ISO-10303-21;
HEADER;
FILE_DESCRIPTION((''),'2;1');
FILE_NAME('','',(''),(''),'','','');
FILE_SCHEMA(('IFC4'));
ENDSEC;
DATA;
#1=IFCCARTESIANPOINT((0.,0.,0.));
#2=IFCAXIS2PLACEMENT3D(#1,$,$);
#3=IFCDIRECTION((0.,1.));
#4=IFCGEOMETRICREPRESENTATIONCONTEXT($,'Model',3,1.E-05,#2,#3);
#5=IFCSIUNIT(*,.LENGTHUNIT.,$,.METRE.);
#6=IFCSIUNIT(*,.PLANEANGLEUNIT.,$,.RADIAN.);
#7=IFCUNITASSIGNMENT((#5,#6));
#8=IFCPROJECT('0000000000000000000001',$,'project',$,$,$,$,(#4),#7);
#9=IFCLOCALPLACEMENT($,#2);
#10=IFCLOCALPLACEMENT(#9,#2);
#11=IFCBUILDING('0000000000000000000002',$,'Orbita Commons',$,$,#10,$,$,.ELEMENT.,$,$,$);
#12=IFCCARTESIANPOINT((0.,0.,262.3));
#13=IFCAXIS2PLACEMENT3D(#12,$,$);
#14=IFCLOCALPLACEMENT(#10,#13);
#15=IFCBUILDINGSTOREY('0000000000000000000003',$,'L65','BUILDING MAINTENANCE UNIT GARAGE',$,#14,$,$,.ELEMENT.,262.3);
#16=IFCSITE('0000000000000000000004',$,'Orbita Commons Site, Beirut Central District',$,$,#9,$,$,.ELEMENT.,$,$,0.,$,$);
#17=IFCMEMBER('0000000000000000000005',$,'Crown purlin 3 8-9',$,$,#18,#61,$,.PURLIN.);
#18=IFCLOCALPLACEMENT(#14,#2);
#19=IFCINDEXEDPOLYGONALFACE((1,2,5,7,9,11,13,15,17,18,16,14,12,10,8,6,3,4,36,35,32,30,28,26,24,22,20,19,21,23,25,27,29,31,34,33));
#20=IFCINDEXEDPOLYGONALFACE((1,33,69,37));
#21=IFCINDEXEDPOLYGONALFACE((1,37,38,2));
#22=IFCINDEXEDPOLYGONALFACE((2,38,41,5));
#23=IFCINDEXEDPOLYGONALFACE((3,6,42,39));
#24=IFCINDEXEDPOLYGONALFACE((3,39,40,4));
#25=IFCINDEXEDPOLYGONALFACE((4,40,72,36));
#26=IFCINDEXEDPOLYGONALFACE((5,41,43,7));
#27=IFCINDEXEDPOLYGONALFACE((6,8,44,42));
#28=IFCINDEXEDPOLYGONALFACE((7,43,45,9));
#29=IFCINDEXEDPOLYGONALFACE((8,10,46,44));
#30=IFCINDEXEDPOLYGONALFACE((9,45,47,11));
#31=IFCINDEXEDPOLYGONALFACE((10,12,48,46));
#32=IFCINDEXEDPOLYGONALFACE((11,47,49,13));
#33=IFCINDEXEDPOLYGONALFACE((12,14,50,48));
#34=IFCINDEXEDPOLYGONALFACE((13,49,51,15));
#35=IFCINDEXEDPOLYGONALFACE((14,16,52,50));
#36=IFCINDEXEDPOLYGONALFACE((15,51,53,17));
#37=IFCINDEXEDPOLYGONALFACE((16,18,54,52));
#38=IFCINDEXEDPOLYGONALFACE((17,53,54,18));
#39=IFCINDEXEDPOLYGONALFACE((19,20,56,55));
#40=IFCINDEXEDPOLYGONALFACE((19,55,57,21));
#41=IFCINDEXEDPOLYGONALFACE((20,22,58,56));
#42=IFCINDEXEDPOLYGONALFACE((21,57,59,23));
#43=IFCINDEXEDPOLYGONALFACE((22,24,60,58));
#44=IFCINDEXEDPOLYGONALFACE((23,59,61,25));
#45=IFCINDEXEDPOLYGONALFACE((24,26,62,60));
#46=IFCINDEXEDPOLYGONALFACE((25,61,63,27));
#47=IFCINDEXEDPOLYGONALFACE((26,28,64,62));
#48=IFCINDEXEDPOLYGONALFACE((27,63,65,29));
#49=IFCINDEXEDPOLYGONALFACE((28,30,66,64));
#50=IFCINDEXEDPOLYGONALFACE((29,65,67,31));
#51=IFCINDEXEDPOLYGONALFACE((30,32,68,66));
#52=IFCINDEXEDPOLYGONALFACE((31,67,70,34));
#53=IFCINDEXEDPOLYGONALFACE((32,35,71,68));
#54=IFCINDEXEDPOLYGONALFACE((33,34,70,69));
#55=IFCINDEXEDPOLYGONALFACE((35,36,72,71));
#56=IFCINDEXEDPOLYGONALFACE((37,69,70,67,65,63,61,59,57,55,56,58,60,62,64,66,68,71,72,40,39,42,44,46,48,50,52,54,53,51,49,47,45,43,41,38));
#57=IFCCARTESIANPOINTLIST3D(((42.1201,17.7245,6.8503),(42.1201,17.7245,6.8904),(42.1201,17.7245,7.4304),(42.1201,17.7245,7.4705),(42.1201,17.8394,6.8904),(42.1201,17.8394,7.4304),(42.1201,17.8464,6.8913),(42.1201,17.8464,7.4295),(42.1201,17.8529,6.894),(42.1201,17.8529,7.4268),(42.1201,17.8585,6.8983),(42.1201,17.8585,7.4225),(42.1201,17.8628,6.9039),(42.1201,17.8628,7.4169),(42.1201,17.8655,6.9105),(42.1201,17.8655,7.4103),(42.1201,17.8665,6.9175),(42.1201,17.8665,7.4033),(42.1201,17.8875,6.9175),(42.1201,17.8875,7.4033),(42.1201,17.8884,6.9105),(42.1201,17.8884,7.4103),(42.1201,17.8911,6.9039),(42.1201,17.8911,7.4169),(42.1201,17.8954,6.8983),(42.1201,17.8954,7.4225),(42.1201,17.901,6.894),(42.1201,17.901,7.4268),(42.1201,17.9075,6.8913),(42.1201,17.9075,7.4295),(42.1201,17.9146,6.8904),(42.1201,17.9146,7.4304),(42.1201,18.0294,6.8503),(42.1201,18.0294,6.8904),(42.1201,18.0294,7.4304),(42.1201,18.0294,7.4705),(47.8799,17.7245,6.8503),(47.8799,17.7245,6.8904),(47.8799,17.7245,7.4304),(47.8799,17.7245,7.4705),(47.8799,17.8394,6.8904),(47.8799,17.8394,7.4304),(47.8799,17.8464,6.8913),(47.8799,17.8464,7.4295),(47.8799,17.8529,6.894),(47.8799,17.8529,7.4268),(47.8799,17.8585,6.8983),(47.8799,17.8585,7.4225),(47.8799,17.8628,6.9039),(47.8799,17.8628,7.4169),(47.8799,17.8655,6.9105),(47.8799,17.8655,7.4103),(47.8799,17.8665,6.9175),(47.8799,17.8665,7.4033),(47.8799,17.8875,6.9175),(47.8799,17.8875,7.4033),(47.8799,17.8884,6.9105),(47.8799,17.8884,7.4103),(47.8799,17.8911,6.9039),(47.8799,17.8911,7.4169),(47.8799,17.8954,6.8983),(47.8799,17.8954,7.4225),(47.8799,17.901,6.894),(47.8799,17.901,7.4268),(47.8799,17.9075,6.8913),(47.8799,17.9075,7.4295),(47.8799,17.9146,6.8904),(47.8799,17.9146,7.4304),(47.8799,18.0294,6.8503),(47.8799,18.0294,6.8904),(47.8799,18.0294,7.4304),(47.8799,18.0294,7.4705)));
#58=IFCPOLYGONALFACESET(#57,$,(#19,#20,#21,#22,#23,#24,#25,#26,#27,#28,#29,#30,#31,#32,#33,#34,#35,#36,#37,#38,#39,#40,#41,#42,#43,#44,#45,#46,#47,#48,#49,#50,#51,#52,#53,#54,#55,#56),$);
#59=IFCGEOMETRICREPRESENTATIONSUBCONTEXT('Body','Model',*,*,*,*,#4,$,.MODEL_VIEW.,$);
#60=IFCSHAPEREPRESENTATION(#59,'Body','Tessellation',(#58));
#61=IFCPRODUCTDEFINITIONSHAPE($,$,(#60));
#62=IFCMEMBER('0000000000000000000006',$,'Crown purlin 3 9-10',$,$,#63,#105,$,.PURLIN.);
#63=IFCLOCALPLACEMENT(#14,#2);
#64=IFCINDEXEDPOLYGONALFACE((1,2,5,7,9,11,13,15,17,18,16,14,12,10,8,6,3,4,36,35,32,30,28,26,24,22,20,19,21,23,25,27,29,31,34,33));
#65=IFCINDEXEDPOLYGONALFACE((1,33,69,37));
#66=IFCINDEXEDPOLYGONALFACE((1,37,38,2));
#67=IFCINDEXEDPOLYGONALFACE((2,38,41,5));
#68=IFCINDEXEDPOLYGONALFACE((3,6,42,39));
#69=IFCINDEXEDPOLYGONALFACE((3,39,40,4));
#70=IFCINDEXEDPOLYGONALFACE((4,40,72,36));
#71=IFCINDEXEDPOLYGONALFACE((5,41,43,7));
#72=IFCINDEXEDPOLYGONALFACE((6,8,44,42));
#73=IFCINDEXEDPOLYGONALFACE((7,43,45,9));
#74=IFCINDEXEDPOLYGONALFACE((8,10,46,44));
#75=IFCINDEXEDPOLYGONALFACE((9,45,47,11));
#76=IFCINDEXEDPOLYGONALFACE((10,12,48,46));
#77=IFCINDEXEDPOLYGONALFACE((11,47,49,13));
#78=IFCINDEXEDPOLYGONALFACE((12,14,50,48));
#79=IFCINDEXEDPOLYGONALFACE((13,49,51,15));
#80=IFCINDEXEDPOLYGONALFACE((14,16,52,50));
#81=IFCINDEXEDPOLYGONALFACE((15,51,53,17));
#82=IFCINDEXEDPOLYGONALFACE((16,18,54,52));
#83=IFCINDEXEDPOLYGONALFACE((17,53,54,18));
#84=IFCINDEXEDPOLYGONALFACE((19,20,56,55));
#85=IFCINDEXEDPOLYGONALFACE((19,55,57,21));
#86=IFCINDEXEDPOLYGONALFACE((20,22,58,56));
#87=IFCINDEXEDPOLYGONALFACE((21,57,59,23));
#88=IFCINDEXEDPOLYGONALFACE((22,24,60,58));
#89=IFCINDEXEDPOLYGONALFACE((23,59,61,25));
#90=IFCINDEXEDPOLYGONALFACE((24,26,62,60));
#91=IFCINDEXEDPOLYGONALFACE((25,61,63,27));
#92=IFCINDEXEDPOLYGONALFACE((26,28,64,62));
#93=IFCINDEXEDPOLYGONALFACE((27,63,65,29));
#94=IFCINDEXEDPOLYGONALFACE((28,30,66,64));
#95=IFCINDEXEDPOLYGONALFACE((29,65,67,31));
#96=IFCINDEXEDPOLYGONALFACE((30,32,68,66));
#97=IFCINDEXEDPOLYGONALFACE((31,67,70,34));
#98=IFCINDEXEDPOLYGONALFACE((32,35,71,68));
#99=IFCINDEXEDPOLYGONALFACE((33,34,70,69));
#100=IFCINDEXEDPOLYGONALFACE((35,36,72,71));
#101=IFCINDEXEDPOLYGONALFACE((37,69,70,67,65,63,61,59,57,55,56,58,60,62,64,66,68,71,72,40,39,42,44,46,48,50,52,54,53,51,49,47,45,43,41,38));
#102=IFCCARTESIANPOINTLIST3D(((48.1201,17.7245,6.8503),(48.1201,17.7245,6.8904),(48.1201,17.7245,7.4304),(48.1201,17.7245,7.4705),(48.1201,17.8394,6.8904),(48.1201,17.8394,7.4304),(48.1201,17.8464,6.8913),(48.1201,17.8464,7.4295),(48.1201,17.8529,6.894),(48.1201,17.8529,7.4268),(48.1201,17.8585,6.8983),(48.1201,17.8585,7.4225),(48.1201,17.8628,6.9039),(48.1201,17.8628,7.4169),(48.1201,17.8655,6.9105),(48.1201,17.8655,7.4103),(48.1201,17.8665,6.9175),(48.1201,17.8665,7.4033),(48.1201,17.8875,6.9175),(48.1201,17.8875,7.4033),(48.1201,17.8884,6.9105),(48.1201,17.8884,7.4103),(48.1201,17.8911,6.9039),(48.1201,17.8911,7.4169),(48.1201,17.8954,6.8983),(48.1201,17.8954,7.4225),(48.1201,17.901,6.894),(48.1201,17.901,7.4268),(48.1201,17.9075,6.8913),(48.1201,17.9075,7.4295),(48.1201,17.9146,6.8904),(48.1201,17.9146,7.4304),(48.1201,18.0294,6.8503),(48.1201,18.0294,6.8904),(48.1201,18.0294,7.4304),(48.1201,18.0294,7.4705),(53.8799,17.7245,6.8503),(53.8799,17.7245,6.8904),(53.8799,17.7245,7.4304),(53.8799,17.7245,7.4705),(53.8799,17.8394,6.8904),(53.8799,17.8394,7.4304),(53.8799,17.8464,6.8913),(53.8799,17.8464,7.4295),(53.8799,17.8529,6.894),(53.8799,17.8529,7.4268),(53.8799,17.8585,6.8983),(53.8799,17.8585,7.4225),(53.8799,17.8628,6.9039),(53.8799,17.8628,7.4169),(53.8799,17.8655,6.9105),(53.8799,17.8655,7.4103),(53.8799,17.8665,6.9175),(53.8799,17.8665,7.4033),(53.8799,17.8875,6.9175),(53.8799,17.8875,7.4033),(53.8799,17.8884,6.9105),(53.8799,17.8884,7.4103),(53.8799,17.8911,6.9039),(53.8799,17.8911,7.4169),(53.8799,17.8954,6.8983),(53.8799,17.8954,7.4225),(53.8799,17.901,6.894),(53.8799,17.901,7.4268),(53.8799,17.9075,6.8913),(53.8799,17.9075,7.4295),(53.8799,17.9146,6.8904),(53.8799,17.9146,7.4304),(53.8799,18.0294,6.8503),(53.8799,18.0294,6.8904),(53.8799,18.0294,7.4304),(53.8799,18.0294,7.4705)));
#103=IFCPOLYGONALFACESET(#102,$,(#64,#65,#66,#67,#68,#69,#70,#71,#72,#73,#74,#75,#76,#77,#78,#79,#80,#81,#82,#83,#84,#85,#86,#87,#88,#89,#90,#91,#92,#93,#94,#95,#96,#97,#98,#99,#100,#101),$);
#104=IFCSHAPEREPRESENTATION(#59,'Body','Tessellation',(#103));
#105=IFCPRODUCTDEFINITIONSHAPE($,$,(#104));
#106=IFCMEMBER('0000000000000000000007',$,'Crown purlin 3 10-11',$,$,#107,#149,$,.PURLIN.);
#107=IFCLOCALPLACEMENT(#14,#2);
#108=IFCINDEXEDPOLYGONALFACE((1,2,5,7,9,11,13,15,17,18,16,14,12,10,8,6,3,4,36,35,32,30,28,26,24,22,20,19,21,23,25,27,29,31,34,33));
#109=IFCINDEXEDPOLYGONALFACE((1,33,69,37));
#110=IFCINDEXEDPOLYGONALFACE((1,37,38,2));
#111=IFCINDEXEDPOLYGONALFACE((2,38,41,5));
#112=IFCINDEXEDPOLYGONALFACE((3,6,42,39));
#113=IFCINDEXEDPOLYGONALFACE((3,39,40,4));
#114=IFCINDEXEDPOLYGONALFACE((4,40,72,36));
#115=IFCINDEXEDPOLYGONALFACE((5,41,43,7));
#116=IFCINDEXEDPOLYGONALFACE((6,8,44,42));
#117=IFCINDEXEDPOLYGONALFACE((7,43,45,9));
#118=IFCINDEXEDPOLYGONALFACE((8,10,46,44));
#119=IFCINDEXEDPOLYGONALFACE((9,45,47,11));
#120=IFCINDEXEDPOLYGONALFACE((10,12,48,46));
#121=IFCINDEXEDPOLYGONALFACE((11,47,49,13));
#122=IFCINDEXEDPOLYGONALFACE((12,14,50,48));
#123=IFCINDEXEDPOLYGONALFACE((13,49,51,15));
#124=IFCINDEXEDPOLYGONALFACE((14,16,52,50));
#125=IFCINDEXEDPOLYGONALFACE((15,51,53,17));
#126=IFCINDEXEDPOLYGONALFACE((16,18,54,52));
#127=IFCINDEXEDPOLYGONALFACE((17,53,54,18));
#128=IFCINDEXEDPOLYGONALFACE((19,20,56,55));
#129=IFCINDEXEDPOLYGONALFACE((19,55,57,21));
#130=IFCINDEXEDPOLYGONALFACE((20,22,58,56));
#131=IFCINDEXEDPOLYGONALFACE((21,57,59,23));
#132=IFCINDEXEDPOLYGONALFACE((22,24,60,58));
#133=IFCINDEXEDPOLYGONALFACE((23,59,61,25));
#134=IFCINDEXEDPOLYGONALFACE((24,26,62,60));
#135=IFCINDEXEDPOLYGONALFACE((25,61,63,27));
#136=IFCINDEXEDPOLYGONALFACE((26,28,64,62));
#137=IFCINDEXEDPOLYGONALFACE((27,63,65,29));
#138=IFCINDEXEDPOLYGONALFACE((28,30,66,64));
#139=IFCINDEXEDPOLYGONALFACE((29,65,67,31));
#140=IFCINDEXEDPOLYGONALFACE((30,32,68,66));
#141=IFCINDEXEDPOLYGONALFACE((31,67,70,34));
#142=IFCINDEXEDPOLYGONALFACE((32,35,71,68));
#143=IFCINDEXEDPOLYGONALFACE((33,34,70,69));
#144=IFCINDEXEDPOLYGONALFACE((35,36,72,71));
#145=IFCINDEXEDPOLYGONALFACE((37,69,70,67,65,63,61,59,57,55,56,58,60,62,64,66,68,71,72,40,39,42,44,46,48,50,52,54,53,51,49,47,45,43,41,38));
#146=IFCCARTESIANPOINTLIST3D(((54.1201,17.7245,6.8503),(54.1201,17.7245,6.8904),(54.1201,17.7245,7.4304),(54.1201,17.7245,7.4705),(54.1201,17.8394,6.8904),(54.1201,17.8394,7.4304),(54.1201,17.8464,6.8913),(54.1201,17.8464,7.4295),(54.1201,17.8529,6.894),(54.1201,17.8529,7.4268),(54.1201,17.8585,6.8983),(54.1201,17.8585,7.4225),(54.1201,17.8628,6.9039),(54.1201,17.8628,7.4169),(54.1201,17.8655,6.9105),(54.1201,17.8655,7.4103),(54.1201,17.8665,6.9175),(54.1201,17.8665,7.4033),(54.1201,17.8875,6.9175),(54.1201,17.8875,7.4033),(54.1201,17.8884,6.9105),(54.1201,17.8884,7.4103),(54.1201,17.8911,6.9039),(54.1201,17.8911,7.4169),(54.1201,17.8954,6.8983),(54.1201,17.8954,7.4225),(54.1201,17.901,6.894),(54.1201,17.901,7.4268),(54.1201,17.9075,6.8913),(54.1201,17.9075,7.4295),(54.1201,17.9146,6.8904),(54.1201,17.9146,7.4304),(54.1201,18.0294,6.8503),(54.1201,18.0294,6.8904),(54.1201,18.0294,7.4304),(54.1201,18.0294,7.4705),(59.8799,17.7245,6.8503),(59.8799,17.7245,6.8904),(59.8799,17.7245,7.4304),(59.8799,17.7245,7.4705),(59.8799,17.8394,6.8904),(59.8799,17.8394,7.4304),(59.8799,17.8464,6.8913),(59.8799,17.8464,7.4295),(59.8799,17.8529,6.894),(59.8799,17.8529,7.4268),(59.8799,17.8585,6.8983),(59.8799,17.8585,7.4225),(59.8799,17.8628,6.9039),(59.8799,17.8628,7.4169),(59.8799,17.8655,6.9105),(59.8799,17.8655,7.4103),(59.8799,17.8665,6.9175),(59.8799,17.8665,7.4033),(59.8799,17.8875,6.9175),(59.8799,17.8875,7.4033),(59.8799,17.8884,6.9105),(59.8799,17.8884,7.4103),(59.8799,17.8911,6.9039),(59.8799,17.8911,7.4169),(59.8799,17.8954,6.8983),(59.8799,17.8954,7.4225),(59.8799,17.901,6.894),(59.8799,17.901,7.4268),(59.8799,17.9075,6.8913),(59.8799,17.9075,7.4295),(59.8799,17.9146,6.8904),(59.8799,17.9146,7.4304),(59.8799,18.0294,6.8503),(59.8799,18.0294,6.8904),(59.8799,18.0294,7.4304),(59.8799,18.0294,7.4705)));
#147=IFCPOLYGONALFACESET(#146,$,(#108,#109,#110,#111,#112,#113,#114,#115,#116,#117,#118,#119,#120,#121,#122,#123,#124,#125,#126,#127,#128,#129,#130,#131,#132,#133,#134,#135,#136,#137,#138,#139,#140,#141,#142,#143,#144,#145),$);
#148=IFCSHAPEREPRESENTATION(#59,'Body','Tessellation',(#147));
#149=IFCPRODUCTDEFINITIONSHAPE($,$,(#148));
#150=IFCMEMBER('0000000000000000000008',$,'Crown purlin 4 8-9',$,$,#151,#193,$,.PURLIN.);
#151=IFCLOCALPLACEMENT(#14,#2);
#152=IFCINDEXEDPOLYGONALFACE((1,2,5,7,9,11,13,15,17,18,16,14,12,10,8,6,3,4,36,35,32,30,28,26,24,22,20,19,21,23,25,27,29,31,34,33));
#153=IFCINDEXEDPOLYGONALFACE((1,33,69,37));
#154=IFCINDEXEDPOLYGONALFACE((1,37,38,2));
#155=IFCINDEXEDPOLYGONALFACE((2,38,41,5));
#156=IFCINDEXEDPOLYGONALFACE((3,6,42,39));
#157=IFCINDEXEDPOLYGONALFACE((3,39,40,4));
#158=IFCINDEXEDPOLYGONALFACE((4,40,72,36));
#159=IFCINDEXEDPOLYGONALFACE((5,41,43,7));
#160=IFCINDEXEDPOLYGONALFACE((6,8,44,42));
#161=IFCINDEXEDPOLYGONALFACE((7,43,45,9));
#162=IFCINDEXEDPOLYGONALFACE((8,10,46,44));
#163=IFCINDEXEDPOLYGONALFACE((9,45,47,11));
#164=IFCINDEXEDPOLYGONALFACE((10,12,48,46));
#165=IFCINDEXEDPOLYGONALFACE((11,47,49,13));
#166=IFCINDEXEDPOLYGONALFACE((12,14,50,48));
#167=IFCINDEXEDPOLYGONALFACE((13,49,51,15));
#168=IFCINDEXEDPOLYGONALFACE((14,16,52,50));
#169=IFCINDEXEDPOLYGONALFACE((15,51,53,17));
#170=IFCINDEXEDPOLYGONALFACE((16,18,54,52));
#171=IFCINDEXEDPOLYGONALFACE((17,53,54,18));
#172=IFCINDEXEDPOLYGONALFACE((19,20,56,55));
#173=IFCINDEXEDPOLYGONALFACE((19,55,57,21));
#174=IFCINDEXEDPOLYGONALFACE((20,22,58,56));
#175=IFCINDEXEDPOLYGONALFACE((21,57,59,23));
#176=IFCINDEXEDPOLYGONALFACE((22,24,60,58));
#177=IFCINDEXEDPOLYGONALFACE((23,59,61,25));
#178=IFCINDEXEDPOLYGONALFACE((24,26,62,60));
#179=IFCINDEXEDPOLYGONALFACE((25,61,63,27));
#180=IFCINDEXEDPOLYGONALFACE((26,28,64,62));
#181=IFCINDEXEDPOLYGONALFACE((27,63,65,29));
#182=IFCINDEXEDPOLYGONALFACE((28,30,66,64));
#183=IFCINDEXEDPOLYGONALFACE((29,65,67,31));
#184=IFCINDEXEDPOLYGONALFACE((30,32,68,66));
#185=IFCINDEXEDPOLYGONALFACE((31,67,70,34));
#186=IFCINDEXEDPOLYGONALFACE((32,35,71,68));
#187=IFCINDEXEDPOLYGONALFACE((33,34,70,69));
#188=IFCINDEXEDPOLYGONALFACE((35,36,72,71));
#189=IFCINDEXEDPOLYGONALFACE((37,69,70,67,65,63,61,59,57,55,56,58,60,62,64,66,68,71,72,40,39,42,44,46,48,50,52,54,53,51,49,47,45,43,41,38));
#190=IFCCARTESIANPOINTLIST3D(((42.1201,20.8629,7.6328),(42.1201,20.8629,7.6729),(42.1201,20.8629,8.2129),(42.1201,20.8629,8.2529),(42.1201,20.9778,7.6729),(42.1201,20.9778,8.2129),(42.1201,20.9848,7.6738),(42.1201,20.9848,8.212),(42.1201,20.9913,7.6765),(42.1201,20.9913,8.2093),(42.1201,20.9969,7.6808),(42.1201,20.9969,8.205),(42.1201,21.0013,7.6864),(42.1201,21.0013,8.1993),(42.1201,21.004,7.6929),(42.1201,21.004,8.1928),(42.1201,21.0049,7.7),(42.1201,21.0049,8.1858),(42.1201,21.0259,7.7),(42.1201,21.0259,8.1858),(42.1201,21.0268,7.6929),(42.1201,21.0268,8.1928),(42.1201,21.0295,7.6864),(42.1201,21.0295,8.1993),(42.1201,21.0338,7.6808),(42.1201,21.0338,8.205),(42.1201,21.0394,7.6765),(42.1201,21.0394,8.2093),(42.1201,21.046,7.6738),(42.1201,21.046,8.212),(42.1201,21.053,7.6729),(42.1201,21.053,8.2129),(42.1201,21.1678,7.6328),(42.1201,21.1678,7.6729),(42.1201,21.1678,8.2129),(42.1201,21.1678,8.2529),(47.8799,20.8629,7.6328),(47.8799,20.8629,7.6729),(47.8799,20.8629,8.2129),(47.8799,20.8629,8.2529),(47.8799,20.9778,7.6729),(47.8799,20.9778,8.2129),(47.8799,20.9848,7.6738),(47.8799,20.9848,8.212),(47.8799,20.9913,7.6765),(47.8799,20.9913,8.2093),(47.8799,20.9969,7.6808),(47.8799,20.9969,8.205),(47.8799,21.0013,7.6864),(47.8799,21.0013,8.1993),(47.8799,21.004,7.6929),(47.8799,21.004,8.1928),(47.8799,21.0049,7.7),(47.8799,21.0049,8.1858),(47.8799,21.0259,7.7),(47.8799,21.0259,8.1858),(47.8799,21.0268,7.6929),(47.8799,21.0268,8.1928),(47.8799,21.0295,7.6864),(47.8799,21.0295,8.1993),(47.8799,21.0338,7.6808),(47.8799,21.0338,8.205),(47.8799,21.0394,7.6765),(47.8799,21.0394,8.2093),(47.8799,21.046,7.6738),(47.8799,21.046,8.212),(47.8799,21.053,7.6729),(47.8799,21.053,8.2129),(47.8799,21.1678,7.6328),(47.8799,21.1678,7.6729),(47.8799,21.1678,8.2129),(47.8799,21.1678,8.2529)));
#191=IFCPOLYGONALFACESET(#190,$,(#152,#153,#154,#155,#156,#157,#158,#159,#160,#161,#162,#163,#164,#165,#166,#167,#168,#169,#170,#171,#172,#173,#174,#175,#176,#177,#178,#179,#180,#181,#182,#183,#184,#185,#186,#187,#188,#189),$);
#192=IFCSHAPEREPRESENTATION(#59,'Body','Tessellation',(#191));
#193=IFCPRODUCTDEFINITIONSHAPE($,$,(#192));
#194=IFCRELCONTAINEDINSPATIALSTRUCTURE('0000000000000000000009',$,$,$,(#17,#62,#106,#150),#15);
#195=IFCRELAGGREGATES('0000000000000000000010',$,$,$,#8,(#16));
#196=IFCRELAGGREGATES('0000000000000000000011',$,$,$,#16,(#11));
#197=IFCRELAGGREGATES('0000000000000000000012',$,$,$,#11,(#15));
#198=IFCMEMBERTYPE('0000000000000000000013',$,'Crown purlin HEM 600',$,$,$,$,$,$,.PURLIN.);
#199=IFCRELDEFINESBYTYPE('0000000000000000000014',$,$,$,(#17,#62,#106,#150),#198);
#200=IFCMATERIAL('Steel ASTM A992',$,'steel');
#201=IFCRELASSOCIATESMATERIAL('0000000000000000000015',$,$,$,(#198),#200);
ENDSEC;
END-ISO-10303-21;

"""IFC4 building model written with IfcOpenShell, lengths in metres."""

from ifc_helpers import new_model, si_unit, direction, frame, origin, origin_2d, place, context, subcontext, project, spatial, i_section, extrude, material, material_profile, profile_set, type_object, element, save


model = new_model("IFC4")

# Units and contexts
model_context = context("Model", 3, precision=1e-05, world=origin(), true_north=direction((0.0, 1.0)))
body_context = subcontext(model_context, "Body", "Model", "MODEL_VIEW")
ifc_project = project(units=[si_unit("LENGTHUNIT", "METRE"), si_unit("PLANEANGLEUNIT", "RADIAN")], contexts=[model_context])

# Site, building, storey
site_placement = place(None, origin())
site = spatial("IfcSite", under=ifc_project, at=site_placement, Name="Orbita Commons Site, Beirut Central District", CompositionType="ELEMENT", RefElevation=0.0)
building_placement = place(site_placement, origin())
building = spatial("IfcBuilding", under=site, at=building_placement, Name="Orbita Commons", CompositionType="ELEMENT")
storey_placement = place(building_placement, frame((0.0, 0.0, 262.3)))
storey = spatial("IfcBuildingStorey", under=building, at=storey_placement, Name="L65", Description="BUILDING MAINTENANCE UNIT GARAGE", CompositionType="ELEMENT", Elevation=262.3)

# Members
ifc_material_1 = material(Name="Steel ASTM A992", Category="steel")
ifc_material_profile = material_profile(ifc_material_1, i_section(OverallWidth=0.3049, OverallDepth=0.6201, WebThickness=0.021, FlangeThickness=0.04, FilletRadius=0.0271, at=origin_2d()), Name="HEM 600")
ifc_profile_set = profile_set([ifc_material_profile], Name="Steel ASTM A992")
member_type = type_object("IfcMemberType", Name="Crown purlin HEM 600", PredefinedType="PURLIN", material=ifc_profile_set)
for number, where, z_axis, x_axis, name in (
    (1, (42.1201, 17.877, 7.1604), (1.0, 0.0, 0.0), (0.0, 1.0, 0.0), "Crown purlin 3 8-9"),
    (2, (48.1201, 17.877, 7.1604), (1.0, 0.0, 0.0), (0.0, 1.0, 0.0), "Crown purlin 3 9-10"),
    (3, (54.1201, 17.877, 7.1604), (1.0, 0.0, 0.0), (0.0, 1.0, 0.0), "Crown purlin 3 10-11"),
    (4, (42.1201, 21.0154, 7.9429), (1.0, 0.0, 0.0), (0.0, 1.0, 0.0), "Crown purlin 4 8-9"),
):
    element("IfcMember", number, at=place(storey_placement, frame(where, z_axis=z_axis, x_axis=x_axis)), inside=storey, type_object=member_type, Name=name, PredefinedType="PURLIN", context=body_context, shape_type="SweptSolid", body=[
        extrude(i_section(OverallWidth=0.3049, OverallDepth=0.6201, WebThickness=0.021, FlangeThickness=0.04, FilletRadius=0.0271, at=origin_2d()), origin(), (0.0, 0.0, 1.0), 5.7598),
    ])

save(model, "model.ifc")
